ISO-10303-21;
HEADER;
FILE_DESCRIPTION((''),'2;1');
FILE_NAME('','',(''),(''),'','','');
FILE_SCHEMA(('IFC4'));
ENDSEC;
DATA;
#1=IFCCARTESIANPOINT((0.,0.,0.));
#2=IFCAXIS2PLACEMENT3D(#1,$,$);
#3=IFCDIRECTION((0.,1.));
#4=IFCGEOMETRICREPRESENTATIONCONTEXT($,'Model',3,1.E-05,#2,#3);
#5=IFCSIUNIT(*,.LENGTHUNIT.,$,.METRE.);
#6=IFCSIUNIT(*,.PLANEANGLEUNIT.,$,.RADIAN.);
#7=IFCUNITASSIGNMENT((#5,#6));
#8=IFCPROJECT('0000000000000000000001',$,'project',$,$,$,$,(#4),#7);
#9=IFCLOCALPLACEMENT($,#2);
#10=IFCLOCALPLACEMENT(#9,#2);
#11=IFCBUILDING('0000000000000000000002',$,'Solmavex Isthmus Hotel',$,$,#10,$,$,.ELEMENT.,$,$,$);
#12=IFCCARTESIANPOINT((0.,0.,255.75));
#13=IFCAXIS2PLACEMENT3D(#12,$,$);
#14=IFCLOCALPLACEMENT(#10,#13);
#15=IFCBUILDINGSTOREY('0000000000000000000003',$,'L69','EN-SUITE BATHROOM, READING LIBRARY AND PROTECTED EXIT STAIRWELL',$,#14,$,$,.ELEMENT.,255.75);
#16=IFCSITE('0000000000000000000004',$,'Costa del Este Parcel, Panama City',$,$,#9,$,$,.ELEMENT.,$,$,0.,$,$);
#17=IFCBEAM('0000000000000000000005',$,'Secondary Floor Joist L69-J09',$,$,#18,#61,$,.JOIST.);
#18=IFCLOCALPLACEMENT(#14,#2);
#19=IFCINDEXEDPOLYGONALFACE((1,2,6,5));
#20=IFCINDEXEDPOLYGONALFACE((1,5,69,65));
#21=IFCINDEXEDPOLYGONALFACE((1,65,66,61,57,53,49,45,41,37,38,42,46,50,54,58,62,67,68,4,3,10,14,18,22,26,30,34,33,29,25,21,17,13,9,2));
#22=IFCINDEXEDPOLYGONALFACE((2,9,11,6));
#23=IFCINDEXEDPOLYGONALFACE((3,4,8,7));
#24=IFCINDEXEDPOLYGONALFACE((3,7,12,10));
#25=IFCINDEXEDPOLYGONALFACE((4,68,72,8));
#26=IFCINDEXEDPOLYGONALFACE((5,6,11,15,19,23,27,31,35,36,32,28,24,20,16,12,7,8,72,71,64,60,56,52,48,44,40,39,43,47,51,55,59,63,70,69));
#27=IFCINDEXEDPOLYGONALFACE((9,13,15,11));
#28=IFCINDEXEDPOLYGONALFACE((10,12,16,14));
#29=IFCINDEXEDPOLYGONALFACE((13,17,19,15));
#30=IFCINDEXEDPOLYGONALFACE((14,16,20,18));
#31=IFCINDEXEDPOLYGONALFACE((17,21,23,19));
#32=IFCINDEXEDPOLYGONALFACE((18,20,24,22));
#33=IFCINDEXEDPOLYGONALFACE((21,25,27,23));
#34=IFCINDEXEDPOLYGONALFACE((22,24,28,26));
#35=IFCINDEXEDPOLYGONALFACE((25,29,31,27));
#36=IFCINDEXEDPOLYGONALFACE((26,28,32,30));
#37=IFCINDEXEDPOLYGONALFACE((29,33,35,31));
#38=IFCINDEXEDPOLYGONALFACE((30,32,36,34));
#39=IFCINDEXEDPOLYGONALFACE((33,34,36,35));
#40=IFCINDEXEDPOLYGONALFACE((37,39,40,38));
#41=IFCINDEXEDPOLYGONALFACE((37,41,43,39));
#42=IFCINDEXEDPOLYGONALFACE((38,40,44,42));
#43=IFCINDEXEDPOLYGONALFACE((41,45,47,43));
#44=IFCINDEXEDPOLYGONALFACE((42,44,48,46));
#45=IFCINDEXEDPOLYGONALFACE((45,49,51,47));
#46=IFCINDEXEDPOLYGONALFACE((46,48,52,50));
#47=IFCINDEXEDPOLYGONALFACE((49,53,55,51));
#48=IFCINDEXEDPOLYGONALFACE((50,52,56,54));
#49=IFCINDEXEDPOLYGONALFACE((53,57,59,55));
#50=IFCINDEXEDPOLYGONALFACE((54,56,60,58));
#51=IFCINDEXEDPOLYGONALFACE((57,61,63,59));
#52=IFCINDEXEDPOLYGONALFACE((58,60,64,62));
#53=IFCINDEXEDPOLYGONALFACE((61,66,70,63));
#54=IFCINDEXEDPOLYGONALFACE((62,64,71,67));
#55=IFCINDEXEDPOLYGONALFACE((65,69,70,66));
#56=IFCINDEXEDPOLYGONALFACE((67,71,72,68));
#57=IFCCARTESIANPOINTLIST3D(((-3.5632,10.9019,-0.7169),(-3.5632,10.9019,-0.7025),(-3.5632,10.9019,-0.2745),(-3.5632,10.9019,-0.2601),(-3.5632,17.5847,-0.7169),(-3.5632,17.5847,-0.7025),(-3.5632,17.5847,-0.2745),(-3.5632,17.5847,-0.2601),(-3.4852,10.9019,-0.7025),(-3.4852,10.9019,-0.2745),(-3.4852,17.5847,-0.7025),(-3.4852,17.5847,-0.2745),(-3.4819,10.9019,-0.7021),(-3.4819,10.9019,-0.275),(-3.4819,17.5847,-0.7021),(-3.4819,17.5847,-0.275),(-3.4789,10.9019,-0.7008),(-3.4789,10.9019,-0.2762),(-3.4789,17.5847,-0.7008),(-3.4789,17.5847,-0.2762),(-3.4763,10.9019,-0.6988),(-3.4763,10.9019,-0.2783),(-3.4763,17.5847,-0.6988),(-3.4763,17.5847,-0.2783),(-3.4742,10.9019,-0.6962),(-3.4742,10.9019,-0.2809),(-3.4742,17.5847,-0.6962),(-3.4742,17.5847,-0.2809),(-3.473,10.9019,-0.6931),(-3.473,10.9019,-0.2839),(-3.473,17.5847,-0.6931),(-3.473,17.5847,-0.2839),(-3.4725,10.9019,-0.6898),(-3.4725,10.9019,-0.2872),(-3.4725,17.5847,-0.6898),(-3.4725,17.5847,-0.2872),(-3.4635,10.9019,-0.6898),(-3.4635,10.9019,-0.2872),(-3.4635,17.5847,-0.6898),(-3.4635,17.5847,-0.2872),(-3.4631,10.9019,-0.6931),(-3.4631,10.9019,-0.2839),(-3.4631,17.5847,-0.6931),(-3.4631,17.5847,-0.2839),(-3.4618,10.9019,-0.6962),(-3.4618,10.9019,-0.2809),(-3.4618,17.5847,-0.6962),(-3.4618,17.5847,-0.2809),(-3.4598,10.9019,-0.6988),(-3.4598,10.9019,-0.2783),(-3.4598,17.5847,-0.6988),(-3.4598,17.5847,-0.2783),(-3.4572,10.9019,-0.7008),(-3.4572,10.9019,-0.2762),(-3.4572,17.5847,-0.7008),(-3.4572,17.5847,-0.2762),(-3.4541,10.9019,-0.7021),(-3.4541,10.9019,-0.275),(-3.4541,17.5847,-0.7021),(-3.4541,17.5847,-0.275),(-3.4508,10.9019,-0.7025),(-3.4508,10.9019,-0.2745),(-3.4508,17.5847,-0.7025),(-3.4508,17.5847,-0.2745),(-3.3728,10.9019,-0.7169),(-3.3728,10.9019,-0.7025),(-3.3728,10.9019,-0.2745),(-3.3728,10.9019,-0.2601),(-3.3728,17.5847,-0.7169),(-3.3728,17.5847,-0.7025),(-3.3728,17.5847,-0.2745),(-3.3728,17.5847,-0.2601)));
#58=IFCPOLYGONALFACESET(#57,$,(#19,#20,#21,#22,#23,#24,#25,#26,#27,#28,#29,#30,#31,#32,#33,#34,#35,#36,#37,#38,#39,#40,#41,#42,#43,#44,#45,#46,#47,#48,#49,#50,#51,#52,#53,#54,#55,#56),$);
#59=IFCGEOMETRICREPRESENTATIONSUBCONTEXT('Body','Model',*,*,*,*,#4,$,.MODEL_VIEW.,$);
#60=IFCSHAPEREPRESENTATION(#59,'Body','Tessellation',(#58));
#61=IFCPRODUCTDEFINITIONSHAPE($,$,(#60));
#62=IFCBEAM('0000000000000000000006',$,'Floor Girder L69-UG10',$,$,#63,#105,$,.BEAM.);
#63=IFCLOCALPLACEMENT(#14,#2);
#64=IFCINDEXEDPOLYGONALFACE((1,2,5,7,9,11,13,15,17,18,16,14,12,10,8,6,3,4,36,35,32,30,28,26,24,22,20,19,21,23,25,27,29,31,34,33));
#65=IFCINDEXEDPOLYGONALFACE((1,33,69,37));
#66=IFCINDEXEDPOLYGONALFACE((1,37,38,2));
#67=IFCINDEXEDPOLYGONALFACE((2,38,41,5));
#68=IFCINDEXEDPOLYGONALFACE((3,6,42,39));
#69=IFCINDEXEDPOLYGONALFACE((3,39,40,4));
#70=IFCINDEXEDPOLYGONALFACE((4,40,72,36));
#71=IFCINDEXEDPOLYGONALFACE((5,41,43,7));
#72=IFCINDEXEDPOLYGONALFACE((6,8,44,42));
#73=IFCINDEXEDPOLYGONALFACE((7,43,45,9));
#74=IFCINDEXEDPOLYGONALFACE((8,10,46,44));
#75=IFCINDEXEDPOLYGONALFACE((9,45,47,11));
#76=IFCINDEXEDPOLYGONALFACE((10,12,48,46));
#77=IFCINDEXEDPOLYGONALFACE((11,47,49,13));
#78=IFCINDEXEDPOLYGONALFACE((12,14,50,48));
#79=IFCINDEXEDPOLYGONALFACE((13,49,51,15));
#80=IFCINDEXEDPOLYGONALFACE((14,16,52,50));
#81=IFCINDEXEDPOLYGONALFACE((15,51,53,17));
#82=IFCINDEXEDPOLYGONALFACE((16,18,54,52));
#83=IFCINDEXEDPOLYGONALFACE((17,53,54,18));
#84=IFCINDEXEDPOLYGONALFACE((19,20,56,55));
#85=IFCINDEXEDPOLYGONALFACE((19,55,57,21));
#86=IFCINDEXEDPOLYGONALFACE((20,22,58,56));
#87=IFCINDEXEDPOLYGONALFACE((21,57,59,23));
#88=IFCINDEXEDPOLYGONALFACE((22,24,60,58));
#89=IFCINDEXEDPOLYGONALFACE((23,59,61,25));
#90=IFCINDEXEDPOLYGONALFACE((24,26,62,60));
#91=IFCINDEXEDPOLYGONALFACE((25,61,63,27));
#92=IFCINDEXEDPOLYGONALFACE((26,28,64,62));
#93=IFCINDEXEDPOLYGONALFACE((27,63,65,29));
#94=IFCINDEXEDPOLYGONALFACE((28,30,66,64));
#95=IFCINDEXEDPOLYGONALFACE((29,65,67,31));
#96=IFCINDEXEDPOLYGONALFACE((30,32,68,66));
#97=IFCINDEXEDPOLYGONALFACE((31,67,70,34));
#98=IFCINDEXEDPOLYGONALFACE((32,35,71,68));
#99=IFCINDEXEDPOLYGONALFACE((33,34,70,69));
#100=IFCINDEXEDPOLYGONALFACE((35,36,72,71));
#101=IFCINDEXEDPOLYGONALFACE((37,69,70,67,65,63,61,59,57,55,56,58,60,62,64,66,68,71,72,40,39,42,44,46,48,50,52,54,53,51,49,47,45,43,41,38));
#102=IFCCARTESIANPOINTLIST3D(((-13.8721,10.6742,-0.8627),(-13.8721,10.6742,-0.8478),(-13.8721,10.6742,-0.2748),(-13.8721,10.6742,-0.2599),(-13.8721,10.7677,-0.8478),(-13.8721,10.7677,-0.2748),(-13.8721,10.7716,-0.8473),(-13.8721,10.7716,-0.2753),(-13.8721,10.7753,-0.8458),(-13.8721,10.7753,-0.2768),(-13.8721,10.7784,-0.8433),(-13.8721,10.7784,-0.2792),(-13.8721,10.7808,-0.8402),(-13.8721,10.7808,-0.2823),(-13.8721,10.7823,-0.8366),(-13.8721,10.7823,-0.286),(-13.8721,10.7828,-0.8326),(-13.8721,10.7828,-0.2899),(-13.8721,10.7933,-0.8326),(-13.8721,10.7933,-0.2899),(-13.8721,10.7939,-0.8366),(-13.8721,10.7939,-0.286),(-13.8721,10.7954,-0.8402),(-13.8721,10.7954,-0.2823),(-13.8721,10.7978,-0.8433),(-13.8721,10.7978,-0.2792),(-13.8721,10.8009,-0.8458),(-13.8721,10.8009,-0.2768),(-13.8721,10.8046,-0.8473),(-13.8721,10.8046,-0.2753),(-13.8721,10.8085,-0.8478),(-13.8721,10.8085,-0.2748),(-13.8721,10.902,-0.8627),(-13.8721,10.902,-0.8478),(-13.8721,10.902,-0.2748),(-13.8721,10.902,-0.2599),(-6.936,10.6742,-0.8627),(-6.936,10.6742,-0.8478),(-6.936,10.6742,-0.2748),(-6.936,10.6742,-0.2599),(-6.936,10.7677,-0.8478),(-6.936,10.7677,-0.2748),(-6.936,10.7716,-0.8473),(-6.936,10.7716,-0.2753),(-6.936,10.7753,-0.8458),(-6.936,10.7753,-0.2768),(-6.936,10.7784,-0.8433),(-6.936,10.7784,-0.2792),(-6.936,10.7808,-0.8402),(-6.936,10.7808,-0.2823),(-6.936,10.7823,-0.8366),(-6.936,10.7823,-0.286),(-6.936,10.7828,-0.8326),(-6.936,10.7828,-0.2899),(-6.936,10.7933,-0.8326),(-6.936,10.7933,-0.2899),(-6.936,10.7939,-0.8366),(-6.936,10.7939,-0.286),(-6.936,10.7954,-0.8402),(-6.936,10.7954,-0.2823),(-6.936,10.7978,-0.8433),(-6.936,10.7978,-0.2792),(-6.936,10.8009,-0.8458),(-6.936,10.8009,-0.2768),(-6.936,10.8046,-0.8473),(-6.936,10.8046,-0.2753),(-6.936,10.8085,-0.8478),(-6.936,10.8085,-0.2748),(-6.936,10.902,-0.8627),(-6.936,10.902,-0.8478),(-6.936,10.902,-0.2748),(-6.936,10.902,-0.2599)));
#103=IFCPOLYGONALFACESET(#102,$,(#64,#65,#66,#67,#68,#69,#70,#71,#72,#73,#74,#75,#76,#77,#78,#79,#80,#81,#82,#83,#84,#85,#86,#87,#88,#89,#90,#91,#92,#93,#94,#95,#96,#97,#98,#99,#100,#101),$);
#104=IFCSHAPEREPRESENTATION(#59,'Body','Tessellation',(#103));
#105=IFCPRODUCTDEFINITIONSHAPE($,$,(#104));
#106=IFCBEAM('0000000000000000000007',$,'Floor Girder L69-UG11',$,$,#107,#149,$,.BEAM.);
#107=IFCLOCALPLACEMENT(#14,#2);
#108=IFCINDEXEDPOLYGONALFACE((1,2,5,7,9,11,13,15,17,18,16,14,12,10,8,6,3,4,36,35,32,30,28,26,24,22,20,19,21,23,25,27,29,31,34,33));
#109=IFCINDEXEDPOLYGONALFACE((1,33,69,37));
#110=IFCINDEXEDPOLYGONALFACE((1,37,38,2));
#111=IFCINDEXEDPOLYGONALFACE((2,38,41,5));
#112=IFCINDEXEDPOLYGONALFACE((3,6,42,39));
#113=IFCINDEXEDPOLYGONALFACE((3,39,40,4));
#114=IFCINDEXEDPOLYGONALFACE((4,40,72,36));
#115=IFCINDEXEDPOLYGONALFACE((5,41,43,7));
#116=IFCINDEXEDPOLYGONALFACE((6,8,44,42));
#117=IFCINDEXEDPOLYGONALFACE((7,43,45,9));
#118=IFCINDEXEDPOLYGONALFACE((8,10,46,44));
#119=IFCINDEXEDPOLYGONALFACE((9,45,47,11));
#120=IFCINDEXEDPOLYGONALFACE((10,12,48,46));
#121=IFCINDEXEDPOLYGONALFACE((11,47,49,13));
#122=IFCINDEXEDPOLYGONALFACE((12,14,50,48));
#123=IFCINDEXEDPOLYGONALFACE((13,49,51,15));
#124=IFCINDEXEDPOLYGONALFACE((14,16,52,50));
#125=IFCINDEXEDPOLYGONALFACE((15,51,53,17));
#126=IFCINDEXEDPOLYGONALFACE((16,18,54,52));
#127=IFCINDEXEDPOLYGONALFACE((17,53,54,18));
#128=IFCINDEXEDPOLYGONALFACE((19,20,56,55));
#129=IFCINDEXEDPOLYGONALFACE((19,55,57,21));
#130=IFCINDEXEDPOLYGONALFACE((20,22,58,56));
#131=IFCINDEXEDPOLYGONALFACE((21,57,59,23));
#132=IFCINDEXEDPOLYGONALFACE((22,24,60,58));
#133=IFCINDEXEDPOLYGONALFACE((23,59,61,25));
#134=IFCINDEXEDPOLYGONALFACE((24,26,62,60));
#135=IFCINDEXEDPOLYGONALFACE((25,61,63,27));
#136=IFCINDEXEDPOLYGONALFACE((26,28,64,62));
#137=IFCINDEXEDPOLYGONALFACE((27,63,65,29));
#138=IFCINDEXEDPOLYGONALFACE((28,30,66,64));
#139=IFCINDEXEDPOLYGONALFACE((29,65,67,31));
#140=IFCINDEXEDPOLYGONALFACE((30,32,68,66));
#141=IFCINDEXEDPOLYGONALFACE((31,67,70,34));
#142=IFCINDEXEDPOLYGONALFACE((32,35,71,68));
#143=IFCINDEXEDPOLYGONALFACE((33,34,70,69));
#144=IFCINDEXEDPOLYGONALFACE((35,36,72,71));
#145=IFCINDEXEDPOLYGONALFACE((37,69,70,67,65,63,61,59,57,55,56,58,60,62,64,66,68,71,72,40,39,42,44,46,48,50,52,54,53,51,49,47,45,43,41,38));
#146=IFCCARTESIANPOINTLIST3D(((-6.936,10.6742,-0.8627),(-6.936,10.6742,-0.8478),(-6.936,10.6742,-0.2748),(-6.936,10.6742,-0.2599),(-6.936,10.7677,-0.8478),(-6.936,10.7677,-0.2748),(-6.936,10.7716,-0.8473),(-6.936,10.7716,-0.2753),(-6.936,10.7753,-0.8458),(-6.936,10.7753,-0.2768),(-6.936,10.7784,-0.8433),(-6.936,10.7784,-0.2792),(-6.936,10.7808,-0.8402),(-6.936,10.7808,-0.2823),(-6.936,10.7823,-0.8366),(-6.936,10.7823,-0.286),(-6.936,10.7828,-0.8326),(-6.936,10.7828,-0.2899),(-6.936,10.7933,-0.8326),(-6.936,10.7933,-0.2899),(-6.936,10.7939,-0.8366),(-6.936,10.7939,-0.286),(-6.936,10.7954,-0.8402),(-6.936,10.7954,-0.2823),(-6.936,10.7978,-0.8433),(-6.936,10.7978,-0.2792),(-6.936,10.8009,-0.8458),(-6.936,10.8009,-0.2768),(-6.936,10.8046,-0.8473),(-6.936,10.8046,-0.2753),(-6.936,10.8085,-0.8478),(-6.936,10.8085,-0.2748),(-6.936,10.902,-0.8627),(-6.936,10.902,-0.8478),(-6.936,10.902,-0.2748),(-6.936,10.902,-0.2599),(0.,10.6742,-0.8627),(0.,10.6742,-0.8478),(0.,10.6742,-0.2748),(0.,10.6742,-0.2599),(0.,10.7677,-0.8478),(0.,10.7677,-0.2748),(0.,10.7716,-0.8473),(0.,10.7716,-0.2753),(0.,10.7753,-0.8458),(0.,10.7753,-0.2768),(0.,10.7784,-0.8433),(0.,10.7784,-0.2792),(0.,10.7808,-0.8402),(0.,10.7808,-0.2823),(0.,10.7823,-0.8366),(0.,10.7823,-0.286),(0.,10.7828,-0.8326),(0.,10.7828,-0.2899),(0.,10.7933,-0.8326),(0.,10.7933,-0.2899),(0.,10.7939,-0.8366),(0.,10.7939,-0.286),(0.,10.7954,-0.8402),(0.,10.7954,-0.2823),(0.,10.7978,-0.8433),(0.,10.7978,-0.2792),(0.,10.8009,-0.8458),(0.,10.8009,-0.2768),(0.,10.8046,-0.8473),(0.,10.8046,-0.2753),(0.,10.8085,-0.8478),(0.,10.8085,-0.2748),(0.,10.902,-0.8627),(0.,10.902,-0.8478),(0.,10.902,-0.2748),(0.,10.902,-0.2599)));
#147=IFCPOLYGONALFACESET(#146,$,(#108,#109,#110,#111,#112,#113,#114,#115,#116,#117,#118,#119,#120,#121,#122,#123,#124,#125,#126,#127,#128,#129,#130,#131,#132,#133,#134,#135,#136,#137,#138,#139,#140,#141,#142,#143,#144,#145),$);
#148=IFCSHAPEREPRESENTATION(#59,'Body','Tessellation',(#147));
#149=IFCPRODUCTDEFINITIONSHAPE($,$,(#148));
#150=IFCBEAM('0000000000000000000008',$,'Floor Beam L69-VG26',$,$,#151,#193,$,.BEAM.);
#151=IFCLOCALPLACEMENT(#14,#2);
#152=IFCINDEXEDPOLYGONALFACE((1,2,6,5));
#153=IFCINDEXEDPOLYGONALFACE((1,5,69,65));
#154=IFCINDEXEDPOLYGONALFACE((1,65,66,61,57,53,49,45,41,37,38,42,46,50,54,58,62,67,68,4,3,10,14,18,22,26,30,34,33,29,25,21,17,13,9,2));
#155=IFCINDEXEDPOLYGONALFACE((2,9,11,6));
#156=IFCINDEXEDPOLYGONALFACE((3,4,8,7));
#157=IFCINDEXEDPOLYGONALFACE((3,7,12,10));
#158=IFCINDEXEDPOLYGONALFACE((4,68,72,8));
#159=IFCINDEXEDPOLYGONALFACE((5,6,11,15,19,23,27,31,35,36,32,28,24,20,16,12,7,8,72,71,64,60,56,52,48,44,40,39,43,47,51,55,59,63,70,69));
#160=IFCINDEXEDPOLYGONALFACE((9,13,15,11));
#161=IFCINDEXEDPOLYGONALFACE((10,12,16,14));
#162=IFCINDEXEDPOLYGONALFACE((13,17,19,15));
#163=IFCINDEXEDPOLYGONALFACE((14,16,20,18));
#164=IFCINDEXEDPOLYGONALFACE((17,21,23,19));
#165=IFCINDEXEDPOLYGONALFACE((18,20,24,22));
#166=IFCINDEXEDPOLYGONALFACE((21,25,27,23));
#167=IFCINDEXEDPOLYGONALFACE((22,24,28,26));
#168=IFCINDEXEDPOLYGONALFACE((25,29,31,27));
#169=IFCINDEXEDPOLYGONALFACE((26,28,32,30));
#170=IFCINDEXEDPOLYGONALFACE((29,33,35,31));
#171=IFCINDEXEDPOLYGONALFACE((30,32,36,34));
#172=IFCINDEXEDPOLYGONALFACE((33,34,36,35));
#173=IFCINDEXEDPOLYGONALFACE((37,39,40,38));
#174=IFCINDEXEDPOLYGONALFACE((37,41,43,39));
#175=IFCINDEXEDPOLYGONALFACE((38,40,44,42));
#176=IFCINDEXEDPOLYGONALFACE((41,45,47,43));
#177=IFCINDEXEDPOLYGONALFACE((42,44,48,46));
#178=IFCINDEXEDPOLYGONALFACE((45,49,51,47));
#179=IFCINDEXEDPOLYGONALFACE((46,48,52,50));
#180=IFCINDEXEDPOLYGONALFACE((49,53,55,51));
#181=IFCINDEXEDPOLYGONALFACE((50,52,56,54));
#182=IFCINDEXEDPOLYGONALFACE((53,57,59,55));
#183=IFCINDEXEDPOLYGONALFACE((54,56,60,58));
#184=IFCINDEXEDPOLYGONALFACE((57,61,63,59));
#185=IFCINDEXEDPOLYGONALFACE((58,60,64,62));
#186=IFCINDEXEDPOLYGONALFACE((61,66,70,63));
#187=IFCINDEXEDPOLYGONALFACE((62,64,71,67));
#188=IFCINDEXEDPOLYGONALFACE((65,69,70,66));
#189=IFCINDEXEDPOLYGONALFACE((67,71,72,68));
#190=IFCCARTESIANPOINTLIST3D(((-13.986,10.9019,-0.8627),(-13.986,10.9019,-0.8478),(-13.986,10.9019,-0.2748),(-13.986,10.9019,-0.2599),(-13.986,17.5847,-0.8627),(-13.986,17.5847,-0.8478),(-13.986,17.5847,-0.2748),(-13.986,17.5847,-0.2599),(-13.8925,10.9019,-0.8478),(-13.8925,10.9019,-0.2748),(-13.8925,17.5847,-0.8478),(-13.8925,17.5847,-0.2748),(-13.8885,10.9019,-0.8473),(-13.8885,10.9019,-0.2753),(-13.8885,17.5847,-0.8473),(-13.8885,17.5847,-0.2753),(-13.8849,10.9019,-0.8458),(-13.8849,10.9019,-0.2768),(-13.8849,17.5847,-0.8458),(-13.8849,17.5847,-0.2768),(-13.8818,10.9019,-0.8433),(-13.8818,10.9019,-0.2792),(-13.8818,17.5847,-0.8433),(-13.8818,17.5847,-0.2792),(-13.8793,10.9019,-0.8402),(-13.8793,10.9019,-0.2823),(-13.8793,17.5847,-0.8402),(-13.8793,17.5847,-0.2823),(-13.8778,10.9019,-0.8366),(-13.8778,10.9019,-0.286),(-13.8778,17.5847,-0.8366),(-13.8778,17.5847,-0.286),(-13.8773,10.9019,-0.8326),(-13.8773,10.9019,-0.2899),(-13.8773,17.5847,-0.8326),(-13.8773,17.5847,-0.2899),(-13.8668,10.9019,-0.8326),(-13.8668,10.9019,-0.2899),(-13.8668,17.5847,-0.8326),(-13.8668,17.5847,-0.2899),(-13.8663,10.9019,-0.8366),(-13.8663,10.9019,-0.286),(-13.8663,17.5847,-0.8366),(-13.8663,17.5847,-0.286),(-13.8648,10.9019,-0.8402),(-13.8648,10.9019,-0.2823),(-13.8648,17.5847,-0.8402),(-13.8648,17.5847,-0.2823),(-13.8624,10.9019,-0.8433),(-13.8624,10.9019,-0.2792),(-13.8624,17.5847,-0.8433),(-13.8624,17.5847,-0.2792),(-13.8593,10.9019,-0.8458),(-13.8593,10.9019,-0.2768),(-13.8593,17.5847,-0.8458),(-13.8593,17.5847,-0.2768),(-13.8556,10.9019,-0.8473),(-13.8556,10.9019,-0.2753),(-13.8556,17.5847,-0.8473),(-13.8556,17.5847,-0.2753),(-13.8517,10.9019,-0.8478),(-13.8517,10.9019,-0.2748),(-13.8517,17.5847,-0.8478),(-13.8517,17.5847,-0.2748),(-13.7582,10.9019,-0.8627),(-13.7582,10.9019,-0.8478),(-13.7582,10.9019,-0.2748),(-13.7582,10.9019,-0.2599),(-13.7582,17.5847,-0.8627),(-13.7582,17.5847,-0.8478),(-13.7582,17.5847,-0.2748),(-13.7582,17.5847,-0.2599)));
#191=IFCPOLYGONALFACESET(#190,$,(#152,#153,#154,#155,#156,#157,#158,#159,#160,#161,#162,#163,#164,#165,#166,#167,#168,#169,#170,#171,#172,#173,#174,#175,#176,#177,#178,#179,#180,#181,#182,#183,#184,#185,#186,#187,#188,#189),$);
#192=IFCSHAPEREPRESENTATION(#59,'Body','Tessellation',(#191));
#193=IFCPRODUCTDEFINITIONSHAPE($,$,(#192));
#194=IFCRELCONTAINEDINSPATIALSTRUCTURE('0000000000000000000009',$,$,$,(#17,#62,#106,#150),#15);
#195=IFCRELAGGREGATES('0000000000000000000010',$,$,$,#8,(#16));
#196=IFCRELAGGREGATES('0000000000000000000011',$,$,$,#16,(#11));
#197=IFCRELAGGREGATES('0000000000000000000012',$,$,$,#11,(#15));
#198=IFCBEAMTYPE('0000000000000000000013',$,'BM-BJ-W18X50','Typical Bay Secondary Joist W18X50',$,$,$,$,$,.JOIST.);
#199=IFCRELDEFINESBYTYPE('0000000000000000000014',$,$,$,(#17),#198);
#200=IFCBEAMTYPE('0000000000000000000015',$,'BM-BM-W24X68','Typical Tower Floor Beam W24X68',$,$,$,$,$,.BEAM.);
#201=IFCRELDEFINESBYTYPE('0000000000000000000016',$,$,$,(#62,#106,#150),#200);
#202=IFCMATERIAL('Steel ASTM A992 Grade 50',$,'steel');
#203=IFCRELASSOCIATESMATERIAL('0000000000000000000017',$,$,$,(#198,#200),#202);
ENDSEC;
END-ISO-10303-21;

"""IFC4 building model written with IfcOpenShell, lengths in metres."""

from ifc_helpers import new_model, si_unit, direction, frame, origin, origin_2d, place, context, subcontext, project, spatial, i_section, extrude, material, material_profile, profile_set, type_object, element, save


model = new_model("IFC4")

# Units and contexts
model_context = context("Model", 3, precision=1e-05, world=origin(), true_north=direction((0.0, 1.0)))
body_context = subcontext(model_context, "Body", "Model", "MODEL_VIEW")
ifc_project = project(units=[si_unit("LENGTHUNIT", "METRE"), si_unit("PLANEANGLEUNIT", "RADIAN")], contexts=[model_context])

# Site, building, storey
site_placement = place(None, origin())
site = spatial("IfcSite", under=ifc_project, at=site_placement, Name="Costa del Este Parcel, Panama City", CompositionType="ELEMENT", RefElevation=0.0)
building_placement = place(site_placement, origin())
building = spatial("IfcBuilding", under=site, at=building_placement, Name="Solmavex Isthmus Hotel", CompositionType="ELEMENT")
storey_placement = place(building_placement, frame((0.0, 0.0, 255.75)))
storey = spatial("IfcBuildingStorey", under=building, at=storey_placement, Name="L69", Description="EN-SUITE BATHROOM, READING LIBRARY AND PROTECTED EXIT STAIRWELL", CompositionType="ELEMENT", Elevation=255.75)

# Beams
ifc_material_1 = material(Name="Steel ASTM A992 Grade 50", Category="steel")
ifc_material_profile_1 = material_profile(ifc_material_1, i_section(OverallWidth=0.1904, OverallDepth=0.4568, WebThickness=0.009, FlangeThickness=0.0144, FilletRadius=0.0127, at=origin_2d()), Name="W18X50")
ifc_profile_set_1 = profile_set([ifc_material_profile_1], Name="Steel ASTM A992 Grade 50")
beam_type_1 = type_object("IfcBeamType", Name="BM-BJ-W18X50", Description="Typical Bay Secondary Joist W18X50", PredefinedType="JOIST", material=ifc_profile_set_1)
beam_1_placement = place(storey_placement, frame((-3.468, 10.9019, -0.4885), z_axis=(0.0, 1.0, 0.0), x_axis=(-1.0, 0.0, 0.0)))
element("IfcBeam", 1, at=beam_1_placement, inside=storey, type_object=beam_type_1, Name="Secondary Floor Joist L69-J09", PredefinedType="JOIST", context=body_context, shape_type="SweptSolid", body=[
    extrude(i_section(OverallWidth=0.1904, OverallDepth=0.4568, WebThickness=0.009, FlangeThickness=0.0144, FilletRadius=0.0127, at=origin_2d()), origin(), (0.0, 0.0, 1.0), 6.6829),
])
ifc_material_profile_2 = material_profile(ifc_material_1, i_section(OverallWidth=0.2278, OverallDepth=0.6028, WebThickness=0.0105, FlangeThickness=0.0149, FilletRadius=0.0151, at=origin_2d()), Name="W24X68")
ifc_profile_set_2 = profile_set([ifc_material_profile_2], Name="Steel ASTM A992 Grade 50")
beam_type_2 = type_object("IfcBeamType", Name="BM-BM-W24X68", Description="Typical Tower Floor Beam W24X68", PredefinedType="BEAM", material=ifc_profile_set_2)
for number, where, z_axis, x_axis, name in (
    (2, (-13.8721, 10.7881, -0.5613), (1.0, 0.0, 0.0), (0.0, 1.0, 0.0), "Floor Girder L69-UG10"),
    (3, (-6.936, 10.7881, -0.5613), (1.0, 0.0, 0.0), (0.0, 1.0, 0.0), "Floor Girder L69-UG11"),
):
    element("IfcBeam", number, at=place(storey_placement, frame(where, z_axis=z_axis, x_axis=x_axis)), inside=storey, type_object=beam_type_2, Name=name, PredefinedType="BEAM", context=body_context, shape_type="SweptSolid", body=[
        extrude(i_section(OverallWidth=0.2278, OverallDepth=0.6028, WebThickness=0.0105, FlangeThickness=0.0149, FilletRadius=0.0151, at=origin_2d()), origin(), (0.0, 0.0, 1.0), 6.936),
    ])
for number, where, z_axis, x_axis, name in (
    (4, (-13.8721, 10.9019, -0.5613), (0.0, 1.0, 0.0), (-1.0, 0.0, 0.0), "Floor Beam L69-VG26"),
):
    element("IfcBeam", number, at=place(storey_placement, frame(where, z_axis=z_axis, x_axis=x_axis)), inside=storey, type_object=beam_type_2, Name=name, PredefinedType="BEAM", context=body_context, shape_type="SweptSolid", body=[
        extrude(i_section(OverallWidth=0.2278, OverallDepth=0.6028, WebThickness=0.0105, FlangeThickness=0.0149, FilletRadius=0.0151, at=origin_2d()), origin(), (0.0, 0.0, 1.0), 6.6829),
    ])

save(model, "model.ifc")
